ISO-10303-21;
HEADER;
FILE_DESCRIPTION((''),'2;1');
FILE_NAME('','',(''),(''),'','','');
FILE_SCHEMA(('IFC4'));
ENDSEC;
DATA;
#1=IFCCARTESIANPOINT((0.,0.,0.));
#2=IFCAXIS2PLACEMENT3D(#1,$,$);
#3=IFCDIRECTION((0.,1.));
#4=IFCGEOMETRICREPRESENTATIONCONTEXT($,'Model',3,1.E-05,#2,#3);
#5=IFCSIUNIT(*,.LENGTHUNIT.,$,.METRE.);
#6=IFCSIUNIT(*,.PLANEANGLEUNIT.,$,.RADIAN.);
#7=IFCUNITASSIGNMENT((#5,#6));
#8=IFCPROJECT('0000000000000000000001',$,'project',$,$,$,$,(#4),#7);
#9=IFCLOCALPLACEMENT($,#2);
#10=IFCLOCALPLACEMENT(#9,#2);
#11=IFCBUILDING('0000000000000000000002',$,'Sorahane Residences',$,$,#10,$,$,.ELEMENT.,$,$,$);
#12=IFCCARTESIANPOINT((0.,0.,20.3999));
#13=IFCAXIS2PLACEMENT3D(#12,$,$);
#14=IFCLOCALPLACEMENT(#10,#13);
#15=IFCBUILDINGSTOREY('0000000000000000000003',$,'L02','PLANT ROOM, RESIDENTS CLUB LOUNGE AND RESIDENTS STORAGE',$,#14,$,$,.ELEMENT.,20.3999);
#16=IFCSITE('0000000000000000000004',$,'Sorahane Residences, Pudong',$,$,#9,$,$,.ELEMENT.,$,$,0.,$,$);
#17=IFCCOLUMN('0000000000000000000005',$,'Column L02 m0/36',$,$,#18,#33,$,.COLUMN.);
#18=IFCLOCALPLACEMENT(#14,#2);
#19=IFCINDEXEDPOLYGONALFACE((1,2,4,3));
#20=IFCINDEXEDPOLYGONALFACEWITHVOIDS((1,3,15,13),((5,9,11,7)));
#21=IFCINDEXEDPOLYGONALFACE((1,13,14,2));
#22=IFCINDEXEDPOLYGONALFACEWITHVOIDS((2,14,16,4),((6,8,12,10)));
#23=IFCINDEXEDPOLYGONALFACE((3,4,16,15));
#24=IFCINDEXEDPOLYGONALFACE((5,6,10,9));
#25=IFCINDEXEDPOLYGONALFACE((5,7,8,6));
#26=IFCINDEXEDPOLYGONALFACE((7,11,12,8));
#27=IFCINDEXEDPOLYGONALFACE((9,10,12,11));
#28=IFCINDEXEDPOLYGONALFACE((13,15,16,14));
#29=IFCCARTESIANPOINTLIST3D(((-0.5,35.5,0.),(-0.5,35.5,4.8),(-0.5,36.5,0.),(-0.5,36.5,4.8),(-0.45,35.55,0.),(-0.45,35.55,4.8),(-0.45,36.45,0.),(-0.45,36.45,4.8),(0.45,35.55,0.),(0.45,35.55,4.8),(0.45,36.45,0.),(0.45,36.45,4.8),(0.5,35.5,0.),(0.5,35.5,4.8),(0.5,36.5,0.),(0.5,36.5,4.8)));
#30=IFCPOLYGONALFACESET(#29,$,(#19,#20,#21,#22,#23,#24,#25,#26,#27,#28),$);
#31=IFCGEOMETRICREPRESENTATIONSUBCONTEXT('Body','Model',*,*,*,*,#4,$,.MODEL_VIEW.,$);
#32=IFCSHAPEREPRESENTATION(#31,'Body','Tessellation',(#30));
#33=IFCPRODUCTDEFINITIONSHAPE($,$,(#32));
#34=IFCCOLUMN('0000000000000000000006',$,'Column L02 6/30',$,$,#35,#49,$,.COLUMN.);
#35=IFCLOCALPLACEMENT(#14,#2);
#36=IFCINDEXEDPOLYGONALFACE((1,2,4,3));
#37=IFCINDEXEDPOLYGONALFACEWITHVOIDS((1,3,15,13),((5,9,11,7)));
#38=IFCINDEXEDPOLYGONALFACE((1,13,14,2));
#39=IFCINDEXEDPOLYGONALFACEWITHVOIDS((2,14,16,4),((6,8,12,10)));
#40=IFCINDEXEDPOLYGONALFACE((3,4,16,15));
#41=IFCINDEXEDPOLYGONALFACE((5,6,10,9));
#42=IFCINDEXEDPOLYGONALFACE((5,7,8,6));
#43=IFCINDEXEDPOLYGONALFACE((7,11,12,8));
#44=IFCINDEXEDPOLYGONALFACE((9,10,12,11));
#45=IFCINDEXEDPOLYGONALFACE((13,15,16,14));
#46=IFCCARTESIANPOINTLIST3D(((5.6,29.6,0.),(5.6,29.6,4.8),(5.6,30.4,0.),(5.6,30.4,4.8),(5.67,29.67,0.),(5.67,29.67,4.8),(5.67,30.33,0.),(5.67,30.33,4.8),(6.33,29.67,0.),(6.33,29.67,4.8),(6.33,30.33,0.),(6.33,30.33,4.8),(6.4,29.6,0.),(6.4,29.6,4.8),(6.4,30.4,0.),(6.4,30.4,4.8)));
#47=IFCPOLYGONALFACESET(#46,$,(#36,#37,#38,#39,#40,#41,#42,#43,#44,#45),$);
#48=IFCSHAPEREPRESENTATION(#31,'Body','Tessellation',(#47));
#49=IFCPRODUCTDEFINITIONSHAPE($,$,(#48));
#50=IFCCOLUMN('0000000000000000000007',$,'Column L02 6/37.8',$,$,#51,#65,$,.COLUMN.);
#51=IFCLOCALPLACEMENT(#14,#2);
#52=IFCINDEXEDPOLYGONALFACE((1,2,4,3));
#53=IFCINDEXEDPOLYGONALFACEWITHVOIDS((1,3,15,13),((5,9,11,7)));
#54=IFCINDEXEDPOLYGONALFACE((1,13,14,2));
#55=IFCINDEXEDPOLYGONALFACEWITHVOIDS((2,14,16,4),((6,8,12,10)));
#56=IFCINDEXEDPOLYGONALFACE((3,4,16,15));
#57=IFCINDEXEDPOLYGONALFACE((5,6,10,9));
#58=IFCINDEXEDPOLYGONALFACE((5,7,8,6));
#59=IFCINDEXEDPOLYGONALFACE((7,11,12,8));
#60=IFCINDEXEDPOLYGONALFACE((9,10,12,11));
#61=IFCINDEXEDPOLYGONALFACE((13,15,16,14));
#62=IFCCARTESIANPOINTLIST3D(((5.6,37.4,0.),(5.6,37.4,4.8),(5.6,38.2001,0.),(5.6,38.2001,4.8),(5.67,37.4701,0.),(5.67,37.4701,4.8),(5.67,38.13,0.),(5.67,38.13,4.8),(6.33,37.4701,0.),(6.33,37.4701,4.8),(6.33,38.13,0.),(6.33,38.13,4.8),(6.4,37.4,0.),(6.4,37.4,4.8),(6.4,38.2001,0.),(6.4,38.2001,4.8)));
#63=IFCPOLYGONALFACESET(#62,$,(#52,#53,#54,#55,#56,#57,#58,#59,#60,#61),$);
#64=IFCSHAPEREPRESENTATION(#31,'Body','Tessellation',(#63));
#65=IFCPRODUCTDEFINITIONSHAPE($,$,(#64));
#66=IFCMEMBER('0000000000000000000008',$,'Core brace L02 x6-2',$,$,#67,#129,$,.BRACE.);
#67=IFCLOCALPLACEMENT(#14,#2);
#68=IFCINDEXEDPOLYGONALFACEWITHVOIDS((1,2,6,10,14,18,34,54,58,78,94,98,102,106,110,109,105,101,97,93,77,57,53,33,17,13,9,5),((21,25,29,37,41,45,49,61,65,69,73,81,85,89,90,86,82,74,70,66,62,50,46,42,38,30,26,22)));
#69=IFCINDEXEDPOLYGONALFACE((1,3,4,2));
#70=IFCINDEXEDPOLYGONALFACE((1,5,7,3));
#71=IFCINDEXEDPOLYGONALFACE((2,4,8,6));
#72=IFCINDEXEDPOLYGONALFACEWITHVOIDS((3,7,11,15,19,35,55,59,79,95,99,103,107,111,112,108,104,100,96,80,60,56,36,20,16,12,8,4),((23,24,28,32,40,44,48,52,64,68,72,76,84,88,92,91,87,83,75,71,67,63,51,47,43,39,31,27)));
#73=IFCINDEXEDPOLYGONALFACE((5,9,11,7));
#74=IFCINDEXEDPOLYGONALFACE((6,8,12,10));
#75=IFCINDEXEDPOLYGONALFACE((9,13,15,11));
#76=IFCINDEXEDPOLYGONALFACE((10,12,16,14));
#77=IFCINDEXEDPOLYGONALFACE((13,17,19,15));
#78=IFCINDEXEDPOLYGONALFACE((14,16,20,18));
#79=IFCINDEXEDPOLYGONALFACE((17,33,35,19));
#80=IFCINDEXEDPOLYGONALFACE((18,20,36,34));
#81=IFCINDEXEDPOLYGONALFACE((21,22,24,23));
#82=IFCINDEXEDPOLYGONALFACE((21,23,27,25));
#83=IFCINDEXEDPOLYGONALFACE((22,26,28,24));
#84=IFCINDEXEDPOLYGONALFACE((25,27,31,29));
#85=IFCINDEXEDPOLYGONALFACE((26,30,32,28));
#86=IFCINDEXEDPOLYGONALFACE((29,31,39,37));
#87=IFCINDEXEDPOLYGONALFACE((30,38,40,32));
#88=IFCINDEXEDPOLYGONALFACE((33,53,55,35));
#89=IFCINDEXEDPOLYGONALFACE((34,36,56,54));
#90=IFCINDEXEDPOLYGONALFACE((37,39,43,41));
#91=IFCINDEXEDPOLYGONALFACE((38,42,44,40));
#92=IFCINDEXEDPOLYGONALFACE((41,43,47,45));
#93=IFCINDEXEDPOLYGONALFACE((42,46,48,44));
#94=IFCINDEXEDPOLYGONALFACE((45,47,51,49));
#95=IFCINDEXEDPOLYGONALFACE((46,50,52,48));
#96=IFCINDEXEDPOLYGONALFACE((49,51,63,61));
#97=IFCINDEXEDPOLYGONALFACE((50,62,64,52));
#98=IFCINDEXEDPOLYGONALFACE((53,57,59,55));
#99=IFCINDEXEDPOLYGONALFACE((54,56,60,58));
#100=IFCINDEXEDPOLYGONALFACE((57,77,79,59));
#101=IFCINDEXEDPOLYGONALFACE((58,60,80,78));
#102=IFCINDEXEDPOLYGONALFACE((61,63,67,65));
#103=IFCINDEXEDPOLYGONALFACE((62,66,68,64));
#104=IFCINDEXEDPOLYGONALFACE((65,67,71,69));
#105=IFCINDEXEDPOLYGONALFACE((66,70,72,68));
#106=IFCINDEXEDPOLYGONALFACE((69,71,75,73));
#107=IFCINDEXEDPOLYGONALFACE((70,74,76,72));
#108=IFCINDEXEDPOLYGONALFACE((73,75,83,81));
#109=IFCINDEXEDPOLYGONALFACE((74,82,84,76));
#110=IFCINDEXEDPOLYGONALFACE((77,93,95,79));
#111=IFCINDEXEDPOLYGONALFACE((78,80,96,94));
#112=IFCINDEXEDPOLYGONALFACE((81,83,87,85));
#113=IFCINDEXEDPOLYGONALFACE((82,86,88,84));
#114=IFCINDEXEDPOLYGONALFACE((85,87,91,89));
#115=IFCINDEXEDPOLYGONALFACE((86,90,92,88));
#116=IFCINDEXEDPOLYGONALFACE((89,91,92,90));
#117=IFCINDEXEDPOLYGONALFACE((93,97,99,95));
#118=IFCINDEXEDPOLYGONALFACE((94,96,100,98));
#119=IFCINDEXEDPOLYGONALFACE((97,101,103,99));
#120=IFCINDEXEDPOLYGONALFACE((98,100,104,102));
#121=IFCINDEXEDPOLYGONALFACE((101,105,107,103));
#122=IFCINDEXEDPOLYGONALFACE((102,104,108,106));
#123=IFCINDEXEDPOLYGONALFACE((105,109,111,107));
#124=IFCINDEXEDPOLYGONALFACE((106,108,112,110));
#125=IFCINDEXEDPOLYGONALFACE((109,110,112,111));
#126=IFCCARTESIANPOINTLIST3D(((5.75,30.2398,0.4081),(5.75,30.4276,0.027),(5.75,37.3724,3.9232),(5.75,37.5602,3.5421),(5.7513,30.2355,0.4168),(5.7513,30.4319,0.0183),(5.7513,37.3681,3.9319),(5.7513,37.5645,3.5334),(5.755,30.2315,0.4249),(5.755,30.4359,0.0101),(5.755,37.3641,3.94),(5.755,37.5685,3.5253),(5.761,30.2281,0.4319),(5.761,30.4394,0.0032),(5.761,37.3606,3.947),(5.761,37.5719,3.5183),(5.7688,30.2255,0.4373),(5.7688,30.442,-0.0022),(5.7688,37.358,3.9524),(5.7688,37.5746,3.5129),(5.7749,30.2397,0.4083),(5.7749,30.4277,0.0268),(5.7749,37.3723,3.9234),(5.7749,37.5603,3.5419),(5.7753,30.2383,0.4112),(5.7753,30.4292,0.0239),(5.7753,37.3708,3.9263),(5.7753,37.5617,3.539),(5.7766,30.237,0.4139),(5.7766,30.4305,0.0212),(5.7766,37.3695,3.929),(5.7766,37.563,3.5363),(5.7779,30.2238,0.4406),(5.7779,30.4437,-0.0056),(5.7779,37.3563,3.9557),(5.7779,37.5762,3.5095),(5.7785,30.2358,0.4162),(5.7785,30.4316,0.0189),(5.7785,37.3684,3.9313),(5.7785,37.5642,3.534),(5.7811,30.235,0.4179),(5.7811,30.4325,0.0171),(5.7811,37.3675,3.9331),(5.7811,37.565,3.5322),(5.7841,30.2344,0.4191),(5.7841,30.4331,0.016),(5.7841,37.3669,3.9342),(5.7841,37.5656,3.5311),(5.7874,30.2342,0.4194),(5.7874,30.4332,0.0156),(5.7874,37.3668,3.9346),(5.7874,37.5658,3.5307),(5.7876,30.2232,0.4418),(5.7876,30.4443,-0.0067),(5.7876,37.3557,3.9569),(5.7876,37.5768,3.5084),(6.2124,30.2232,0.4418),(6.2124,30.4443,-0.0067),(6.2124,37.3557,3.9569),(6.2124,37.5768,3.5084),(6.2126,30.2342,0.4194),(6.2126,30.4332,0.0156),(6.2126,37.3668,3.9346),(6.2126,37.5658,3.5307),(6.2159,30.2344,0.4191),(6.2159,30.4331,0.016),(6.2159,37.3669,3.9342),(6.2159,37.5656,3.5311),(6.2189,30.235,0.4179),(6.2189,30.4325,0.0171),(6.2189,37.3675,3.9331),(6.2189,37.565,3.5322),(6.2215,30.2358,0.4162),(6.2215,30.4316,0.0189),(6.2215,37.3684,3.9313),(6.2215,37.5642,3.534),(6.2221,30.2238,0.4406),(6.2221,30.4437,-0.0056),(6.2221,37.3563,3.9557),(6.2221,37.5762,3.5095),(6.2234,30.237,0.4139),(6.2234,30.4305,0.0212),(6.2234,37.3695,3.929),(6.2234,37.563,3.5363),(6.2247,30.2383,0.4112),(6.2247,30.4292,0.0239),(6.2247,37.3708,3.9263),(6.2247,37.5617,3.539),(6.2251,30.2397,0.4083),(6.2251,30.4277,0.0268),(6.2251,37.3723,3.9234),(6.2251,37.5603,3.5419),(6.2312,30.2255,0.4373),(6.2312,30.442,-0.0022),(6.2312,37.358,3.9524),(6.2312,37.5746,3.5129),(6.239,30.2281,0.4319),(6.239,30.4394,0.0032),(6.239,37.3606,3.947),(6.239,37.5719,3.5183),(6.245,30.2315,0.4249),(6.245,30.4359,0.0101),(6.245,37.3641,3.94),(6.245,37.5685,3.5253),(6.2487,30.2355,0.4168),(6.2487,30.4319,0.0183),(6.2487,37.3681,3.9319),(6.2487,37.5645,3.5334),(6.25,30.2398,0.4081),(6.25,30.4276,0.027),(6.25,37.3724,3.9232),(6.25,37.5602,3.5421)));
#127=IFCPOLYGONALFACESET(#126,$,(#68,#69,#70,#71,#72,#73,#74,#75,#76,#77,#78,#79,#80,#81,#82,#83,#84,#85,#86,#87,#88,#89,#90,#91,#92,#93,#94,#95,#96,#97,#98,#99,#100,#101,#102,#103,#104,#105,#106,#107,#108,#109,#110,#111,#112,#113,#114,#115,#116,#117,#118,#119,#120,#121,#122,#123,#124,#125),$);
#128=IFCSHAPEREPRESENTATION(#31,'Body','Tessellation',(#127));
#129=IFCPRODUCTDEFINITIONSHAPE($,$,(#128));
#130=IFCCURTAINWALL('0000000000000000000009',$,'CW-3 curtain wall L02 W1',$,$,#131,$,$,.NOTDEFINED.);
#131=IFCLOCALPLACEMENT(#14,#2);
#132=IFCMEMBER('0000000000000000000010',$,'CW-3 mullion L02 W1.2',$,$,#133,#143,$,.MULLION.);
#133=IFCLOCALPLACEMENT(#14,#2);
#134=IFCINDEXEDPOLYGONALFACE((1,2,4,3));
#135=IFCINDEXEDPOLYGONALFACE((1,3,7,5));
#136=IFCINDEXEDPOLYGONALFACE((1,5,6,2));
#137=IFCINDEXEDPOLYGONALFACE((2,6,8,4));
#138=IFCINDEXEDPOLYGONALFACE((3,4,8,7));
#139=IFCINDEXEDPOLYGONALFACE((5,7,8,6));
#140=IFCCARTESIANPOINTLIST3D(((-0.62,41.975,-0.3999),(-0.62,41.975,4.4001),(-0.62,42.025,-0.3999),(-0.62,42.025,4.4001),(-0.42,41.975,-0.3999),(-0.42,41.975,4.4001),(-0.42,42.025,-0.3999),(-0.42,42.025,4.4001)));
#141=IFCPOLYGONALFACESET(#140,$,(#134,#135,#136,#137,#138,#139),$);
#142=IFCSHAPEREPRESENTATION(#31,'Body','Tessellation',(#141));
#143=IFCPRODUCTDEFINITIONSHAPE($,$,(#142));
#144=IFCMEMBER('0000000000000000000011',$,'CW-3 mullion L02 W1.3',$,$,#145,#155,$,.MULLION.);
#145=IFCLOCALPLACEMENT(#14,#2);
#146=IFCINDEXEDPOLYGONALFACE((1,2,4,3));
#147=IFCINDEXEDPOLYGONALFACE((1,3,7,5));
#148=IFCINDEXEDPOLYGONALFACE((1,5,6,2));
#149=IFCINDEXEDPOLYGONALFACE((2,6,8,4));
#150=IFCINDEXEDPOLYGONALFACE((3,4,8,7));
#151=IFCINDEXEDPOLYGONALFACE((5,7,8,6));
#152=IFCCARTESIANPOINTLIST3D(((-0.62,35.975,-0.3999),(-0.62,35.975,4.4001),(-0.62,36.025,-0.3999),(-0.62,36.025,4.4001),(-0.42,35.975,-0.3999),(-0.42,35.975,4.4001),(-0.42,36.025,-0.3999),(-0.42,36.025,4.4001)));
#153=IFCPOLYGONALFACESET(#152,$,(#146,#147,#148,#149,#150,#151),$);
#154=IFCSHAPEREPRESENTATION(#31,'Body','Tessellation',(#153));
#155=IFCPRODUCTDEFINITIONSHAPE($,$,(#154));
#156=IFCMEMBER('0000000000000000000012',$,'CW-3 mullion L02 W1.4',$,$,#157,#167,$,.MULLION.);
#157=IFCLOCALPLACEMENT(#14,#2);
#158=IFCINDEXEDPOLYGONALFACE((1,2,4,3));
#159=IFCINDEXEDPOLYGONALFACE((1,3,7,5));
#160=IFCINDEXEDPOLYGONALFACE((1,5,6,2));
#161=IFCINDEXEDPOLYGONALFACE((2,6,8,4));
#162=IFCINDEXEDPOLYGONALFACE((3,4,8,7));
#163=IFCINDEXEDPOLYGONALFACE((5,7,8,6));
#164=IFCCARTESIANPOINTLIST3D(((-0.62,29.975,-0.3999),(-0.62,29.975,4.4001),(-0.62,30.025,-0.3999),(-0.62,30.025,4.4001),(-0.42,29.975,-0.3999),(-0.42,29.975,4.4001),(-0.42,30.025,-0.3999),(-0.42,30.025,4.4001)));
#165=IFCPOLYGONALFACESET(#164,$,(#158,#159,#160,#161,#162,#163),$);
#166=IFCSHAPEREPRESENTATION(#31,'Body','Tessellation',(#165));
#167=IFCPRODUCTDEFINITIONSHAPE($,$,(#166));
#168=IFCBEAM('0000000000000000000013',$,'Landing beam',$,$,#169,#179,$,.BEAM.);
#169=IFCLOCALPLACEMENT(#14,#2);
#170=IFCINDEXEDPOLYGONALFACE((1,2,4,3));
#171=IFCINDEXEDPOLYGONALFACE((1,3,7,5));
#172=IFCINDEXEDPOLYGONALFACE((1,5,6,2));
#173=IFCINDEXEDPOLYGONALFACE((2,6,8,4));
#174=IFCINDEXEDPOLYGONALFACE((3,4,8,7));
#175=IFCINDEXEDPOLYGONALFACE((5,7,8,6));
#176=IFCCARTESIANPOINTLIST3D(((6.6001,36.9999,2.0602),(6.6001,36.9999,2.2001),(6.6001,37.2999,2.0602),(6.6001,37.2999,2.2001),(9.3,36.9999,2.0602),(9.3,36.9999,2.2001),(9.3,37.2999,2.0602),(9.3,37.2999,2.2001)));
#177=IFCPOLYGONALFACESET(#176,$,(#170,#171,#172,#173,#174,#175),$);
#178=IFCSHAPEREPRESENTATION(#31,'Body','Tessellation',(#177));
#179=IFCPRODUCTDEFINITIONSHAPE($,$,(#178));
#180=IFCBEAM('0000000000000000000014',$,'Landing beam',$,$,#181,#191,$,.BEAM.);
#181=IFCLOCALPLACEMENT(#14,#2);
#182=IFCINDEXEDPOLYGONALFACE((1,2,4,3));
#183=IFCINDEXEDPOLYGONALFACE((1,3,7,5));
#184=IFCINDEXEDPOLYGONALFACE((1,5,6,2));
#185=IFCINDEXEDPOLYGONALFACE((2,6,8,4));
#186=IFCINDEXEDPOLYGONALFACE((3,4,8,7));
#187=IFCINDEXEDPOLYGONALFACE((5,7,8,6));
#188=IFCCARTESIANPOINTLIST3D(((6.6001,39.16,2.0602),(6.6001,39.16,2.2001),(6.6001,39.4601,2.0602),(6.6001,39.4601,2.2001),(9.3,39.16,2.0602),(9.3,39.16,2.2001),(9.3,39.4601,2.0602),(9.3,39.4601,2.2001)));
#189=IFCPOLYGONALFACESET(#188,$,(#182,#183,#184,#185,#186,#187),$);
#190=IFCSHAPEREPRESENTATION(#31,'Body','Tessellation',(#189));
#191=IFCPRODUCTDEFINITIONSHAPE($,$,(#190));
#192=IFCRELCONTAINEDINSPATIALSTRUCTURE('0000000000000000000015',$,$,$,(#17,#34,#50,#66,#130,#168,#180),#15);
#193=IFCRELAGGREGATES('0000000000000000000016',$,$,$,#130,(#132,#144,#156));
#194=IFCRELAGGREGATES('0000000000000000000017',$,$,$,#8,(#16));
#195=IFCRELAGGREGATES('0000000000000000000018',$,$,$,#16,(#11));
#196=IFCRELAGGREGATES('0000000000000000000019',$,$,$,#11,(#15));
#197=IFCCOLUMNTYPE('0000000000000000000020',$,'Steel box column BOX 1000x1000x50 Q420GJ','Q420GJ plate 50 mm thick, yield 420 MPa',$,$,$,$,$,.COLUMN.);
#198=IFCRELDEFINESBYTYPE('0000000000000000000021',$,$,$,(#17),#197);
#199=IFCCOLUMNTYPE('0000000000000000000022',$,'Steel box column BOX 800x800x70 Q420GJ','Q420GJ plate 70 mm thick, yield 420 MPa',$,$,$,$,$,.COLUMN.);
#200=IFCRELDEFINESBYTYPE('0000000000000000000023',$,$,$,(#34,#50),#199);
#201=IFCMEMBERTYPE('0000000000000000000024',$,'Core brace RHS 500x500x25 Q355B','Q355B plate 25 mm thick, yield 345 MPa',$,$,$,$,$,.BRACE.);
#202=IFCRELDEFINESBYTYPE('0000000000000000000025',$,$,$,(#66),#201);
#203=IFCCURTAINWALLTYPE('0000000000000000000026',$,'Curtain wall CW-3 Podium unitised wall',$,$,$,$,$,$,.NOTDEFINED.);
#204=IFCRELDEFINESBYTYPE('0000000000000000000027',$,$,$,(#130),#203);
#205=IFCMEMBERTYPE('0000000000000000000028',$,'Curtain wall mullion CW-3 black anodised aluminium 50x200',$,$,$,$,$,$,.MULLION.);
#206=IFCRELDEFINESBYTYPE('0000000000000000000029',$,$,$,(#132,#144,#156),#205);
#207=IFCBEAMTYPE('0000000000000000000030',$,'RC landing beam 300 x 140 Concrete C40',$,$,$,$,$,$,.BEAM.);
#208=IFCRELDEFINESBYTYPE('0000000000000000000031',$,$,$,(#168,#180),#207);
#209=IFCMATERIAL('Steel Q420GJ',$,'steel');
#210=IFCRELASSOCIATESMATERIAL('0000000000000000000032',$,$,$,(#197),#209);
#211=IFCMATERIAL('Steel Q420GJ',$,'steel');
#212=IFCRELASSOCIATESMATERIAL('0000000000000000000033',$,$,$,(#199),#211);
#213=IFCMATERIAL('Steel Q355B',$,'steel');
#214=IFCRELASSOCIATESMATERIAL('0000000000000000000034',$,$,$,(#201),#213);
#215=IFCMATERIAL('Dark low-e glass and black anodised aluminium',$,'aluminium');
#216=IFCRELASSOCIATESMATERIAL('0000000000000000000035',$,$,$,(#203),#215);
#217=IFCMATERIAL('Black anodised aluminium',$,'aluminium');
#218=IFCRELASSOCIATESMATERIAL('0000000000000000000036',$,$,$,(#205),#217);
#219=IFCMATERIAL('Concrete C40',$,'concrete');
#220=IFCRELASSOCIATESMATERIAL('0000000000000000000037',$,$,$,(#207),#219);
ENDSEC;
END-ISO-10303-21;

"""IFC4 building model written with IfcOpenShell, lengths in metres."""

from ifc_helpers import new_model, si_unit, direction, frame, origin, origin_2d, place, context, subcontext, project, spatial, rectangle, hollow_rectangle, extrude, material, material_profile, profile_set, type_object, element, aggregate, save


model = new_model("IFC4")

# Units and contexts
model_context = context("Model", 3, precision=1e-05, world=origin(), true_north=direction((0.0, 1.0)))
body_context = subcontext(model_context, "Body", "Model", "MODEL_VIEW")
ifc_project = project(units=[si_unit("LENGTHUNIT", "METRE"), si_unit("PLANEANGLEUNIT", "RADIAN")], contexts=[model_context])

# Site, building, storey
site_placement = place(None, origin())
site = spatial("IfcSite", under=ifc_project, at=site_placement, Name="Sorahane Residences, Pudong", CompositionType="ELEMENT", RefElevation=0.0)
building_placement = place(site_placement, origin())
building = spatial("IfcBuilding", under=site, at=building_placement, Name="Sorahane Residences", CompositionType="ELEMENT")
storey_placement = place(building_placement, frame((0.0, 0.0, 20.3999)))
storey = spatial("IfcBuildingStorey", under=building, at=storey_placement, Name="L02", Description="PLANT ROOM, RESIDENTS CLUB LOUNGE AND RESIDENTS STORAGE", CompositionType="ELEMENT", Elevation=20.3999)

# Columns
ifc_material_1 = material(Name="Steel Q420GJ", Category="steel")
ifc_material_profile_1 = material_profile(ifc_material_1, hollow_rectangle(XDim=1.0, YDim=1.0, WallThickness=0.05, at=origin_2d()), Name="BOX 1000x1000x50")
ifc_profile_set_1 = profile_set([ifc_material_profile_1], Name="Steel Q420GJ")
column_type_1 = type_object("IfcColumnType", Name="Steel box column BOX 1000x1000x50 Q420GJ", Description="Q420GJ plate 50 mm thick, yield 420 MPa", PredefinedType="COLUMN", material=ifc_profile_set_1)
column_placement = place(storey_placement, frame((0.0, 36.0, 0.0), z_axis=(0.0, 0.0, 1.0), x_axis=(1.0, 0.0, 0.0)))
element("IfcColumn", 1, at=column_placement, inside=storey, type_object=column_type_1, Name="Column L02 m0/36", PredefinedType="COLUMN", context=body_context, shape_type="SweptSolid", body=[
    extrude(hollow_rectangle(XDim=1.0, YDim=1.0, WallThickness=0.05, at=origin_2d()), origin(), (0.0, 0.0, 1.0), 4.8),
])
ifc_material_2 = material(Name="Steel Q420GJ", Category="steel")
ifc_material_profile_2 = material_profile(ifc_material_2, hollow_rectangle(XDim=0.8, YDim=0.8, WallThickness=0.0701, at=origin_2d()), Name="BOX 800x800x70")
ifc_profile_set_2 = profile_set([ifc_material_profile_2], Name="Steel Q420GJ")
column_type_2 = type_object("IfcColumnType", Name="Steel box column BOX 800x800x70 Q420GJ", Description="Q420GJ plate 70 mm thick, yield 420 MPa", PredefinedType="COLUMN", material=ifc_profile_set_2)
for number, where, z_axis, x_axis, name in (
    (2, (6.0, 30.0, 0.0), (0.0, 0.0, 1.0), (1.0, 0.0, 0.0), "Column L02 6/30"),
    (3, (6.0, 37.8, 0.0), (0.0, 0.0, 1.0), (1.0, 0.0, 0.0), "Column L02 6/37.8"),
):
    element("IfcColumn", number, at=place(storey_placement, frame(where, z_axis=z_axis, x_axis=x_axis)), inside=storey, type_object=column_type_2, Name=name, PredefinedType="COLUMN", context=body_context, shape_type="SweptSolid", body=[
        extrude(hollow_rectangle(XDim=0.8, YDim=0.8, WallThickness=0.0701, at=origin_2d()), origin(), (0.0, 0.0, 1.0), 4.8),
    ])

# Member
ifc_material_3 = material(Name="Steel Q355B", Category="steel")
ifc_material_profile_3 = material_profile(ifc_material_3, hollow_rectangle(XDim=0.5, YDim=0.5, WallThickness=0.0249, InnerFilletRadius=0.0125, OuterFilletRadius=0.0376, at=origin_2d()), Name="RHS 500x500x25")
ifc_profile_set_3 = profile_set([ifc_material_profile_3], Name="Steel Q355B")
member_type_1 = type_object("IfcMemberType", Name="Core brace RHS 500x500x25 Q355B", Description="Q355B plate 25 mm thick, yield 345 MPa", PredefinedType="BRACE", material=ifc_profile_set_3)
member_1_placement = place(storey_placement, frame((6.0, 30.3337, 0.2175), z_axis=(0.0, 0.896985, 0.44206), x_axis=(-1.0, 0.0, 0.0)))
element("IfcMember", 4, at=member_1_placement, inside=storey, type_object=member_type_1, Name="Core brace L02 x6-2", PredefinedType="BRACE", context=body_context, shape_type="SweptSolid", body=[
    extrude(hollow_rectangle(XDim=0.5, YDim=0.5, WallThickness=0.0249, InnerFilletRadius=0.0125, OuterFilletRadius=0.0376, at=origin_2d()), origin(), (0.0, 0.0, 1.0), 7.9517),
])

# Curtain wall, members
ifc_material_4 = material(Name="Dark low-e glass and black anodised aluminium", Category="aluminium")
curtain_wall_type = type_object("IfcCurtainWallType", Name="Curtain wall CW-3 Podium unitised wall", PredefinedType="NOTDEFINED", material=ifc_material_4)
curtain_wall_placement = place(storey_placement, origin())
curtain_wall = element("IfcCurtainWall", 5, at=curtain_wall_placement, inside=storey, type_object=curtain_wall_type, Name="CW-3 curtain wall L02 W1", PredefinedType="NOTDEFINED")
ifc_material_5 = material(Name="Black anodised aluminium", Category="aluminium")
ifc_material_profile_4 = material_profile(ifc_material_5, rectangle(XDim=0.2, YDim=0.05, at=origin_2d()), Name="Curtain wall mullion CW-3 black anodised aluminium 50x200")
ifc_profile_set_4 = profile_set([ifc_material_profile_4], Name="Black anodised aluminium")
member_type_2 = type_object("IfcMemberType", Name="Curtain wall mullion CW-3 black anodised aluminium 50x200", PredefinedType="MULLION", material=ifc_profile_set_4)
member_2_placement = place(storey_placement, frame((-0.52, 42.0, -0.3999), z_axis=(0.0, 0.0, 1.0), x_axis=(-1.0, 0.0, 0.0)))
member_2 = element("IfcMember", 6, at=member_2_placement, type_object=member_type_2, Name="CW-3 mullion L02 W1.2", PredefinedType="MULLION", context=body_context, shape_type="SweptSolid", body=[
    extrude(rectangle(XDim=0.2, YDim=0.05, at=origin_2d()), origin(), (0.0, 0.0, 1.0), 4.8),
])
member_3_placement = place(storey_placement, frame((-0.52, 36.0, -0.3999), z_axis=(0.0, 0.0, 1.0), x_axis=(-1.0, 0.0, 0.0)))
member_3 = element("IfcMember", 7, at=member_3_placement, type_object=member_type_2, Name="CW-3 mullion L02 W1.3", PredefinedType="MULLION", context=body_context, shape_type="SweptSolid", body=[
    extrude(rectangle(XDim=0.2, YDim=0.05, at=origin_2d()), origin(), (0.0, 0.0, 1.0), 4.8),
])
member_4_placement = place(storey_placement, frame((-0.52, 30.0, -0.3999), z_axis=(0.0, 0.0, 1.0), x_axis=(-1.0, 0.0, 0.0)))
member_4 = element("IfcMember", 8, at=member_4_placement, type_object=member_type_2, Name="CW-3 mullion L02 W1.4", PredefinedType="MULLION", context=body_context, shape_type="SweptSolid", body=[
    extrude(rectangle(XDim=0.2, YDim=0.05, at=origin_2d()), origin(), (0.0, 0.0, 1.0), 4.8),
])

# Beams
ifc_material_6 = material(Name="Concrete C40", Category="concrete")
ifc_material_profile_5 = material_profile(ifc_material_6, rectangle(XDim=0.3, YDim=0.1399, at=origin_2d()), Name="300x140")
ifc_profile_set_5 = profile_set([ifc_material_profile_5], Name="Concrete C40")
beam_type_1 = type_object("IfcBeamType", Name="RC landing beam 300 x 140 Concrete C40", PredefinedType="BEAM", material=ifc_profile_set_5)
for number, where, z_axis, x_axis, name in (
    (9, (6.6001, 37.1499, 2.1301), (1.0, 0.0, 0.0), (0.0, 1.0, 0.0), "Landing beam"),
    (10, (6.6001, 39.3101, 2.1301), (1.0, 0.0, 0.0), (0.0, 1.0, 0.0), "Landing beam"),
):
    element("IfcBeam", number, at=place(storey_placement, frame(where, z_axis=z_axis, x_axis=x_axis)), inside=storey, type_object=beam_type_1, Name=name, PredefinedType="BEAM", context=body_context, shape_type="SweptSolid", body=[
        extrude(rectangle(XDim=0.3, YDim=0.1399, at=origin_2d()), origin(), (0.0, 0.0, 1.0), 2.7),
    ])

aggregate(curtain_wall, [member_2, member_3, member_4])

save(model, "model.ifc")
